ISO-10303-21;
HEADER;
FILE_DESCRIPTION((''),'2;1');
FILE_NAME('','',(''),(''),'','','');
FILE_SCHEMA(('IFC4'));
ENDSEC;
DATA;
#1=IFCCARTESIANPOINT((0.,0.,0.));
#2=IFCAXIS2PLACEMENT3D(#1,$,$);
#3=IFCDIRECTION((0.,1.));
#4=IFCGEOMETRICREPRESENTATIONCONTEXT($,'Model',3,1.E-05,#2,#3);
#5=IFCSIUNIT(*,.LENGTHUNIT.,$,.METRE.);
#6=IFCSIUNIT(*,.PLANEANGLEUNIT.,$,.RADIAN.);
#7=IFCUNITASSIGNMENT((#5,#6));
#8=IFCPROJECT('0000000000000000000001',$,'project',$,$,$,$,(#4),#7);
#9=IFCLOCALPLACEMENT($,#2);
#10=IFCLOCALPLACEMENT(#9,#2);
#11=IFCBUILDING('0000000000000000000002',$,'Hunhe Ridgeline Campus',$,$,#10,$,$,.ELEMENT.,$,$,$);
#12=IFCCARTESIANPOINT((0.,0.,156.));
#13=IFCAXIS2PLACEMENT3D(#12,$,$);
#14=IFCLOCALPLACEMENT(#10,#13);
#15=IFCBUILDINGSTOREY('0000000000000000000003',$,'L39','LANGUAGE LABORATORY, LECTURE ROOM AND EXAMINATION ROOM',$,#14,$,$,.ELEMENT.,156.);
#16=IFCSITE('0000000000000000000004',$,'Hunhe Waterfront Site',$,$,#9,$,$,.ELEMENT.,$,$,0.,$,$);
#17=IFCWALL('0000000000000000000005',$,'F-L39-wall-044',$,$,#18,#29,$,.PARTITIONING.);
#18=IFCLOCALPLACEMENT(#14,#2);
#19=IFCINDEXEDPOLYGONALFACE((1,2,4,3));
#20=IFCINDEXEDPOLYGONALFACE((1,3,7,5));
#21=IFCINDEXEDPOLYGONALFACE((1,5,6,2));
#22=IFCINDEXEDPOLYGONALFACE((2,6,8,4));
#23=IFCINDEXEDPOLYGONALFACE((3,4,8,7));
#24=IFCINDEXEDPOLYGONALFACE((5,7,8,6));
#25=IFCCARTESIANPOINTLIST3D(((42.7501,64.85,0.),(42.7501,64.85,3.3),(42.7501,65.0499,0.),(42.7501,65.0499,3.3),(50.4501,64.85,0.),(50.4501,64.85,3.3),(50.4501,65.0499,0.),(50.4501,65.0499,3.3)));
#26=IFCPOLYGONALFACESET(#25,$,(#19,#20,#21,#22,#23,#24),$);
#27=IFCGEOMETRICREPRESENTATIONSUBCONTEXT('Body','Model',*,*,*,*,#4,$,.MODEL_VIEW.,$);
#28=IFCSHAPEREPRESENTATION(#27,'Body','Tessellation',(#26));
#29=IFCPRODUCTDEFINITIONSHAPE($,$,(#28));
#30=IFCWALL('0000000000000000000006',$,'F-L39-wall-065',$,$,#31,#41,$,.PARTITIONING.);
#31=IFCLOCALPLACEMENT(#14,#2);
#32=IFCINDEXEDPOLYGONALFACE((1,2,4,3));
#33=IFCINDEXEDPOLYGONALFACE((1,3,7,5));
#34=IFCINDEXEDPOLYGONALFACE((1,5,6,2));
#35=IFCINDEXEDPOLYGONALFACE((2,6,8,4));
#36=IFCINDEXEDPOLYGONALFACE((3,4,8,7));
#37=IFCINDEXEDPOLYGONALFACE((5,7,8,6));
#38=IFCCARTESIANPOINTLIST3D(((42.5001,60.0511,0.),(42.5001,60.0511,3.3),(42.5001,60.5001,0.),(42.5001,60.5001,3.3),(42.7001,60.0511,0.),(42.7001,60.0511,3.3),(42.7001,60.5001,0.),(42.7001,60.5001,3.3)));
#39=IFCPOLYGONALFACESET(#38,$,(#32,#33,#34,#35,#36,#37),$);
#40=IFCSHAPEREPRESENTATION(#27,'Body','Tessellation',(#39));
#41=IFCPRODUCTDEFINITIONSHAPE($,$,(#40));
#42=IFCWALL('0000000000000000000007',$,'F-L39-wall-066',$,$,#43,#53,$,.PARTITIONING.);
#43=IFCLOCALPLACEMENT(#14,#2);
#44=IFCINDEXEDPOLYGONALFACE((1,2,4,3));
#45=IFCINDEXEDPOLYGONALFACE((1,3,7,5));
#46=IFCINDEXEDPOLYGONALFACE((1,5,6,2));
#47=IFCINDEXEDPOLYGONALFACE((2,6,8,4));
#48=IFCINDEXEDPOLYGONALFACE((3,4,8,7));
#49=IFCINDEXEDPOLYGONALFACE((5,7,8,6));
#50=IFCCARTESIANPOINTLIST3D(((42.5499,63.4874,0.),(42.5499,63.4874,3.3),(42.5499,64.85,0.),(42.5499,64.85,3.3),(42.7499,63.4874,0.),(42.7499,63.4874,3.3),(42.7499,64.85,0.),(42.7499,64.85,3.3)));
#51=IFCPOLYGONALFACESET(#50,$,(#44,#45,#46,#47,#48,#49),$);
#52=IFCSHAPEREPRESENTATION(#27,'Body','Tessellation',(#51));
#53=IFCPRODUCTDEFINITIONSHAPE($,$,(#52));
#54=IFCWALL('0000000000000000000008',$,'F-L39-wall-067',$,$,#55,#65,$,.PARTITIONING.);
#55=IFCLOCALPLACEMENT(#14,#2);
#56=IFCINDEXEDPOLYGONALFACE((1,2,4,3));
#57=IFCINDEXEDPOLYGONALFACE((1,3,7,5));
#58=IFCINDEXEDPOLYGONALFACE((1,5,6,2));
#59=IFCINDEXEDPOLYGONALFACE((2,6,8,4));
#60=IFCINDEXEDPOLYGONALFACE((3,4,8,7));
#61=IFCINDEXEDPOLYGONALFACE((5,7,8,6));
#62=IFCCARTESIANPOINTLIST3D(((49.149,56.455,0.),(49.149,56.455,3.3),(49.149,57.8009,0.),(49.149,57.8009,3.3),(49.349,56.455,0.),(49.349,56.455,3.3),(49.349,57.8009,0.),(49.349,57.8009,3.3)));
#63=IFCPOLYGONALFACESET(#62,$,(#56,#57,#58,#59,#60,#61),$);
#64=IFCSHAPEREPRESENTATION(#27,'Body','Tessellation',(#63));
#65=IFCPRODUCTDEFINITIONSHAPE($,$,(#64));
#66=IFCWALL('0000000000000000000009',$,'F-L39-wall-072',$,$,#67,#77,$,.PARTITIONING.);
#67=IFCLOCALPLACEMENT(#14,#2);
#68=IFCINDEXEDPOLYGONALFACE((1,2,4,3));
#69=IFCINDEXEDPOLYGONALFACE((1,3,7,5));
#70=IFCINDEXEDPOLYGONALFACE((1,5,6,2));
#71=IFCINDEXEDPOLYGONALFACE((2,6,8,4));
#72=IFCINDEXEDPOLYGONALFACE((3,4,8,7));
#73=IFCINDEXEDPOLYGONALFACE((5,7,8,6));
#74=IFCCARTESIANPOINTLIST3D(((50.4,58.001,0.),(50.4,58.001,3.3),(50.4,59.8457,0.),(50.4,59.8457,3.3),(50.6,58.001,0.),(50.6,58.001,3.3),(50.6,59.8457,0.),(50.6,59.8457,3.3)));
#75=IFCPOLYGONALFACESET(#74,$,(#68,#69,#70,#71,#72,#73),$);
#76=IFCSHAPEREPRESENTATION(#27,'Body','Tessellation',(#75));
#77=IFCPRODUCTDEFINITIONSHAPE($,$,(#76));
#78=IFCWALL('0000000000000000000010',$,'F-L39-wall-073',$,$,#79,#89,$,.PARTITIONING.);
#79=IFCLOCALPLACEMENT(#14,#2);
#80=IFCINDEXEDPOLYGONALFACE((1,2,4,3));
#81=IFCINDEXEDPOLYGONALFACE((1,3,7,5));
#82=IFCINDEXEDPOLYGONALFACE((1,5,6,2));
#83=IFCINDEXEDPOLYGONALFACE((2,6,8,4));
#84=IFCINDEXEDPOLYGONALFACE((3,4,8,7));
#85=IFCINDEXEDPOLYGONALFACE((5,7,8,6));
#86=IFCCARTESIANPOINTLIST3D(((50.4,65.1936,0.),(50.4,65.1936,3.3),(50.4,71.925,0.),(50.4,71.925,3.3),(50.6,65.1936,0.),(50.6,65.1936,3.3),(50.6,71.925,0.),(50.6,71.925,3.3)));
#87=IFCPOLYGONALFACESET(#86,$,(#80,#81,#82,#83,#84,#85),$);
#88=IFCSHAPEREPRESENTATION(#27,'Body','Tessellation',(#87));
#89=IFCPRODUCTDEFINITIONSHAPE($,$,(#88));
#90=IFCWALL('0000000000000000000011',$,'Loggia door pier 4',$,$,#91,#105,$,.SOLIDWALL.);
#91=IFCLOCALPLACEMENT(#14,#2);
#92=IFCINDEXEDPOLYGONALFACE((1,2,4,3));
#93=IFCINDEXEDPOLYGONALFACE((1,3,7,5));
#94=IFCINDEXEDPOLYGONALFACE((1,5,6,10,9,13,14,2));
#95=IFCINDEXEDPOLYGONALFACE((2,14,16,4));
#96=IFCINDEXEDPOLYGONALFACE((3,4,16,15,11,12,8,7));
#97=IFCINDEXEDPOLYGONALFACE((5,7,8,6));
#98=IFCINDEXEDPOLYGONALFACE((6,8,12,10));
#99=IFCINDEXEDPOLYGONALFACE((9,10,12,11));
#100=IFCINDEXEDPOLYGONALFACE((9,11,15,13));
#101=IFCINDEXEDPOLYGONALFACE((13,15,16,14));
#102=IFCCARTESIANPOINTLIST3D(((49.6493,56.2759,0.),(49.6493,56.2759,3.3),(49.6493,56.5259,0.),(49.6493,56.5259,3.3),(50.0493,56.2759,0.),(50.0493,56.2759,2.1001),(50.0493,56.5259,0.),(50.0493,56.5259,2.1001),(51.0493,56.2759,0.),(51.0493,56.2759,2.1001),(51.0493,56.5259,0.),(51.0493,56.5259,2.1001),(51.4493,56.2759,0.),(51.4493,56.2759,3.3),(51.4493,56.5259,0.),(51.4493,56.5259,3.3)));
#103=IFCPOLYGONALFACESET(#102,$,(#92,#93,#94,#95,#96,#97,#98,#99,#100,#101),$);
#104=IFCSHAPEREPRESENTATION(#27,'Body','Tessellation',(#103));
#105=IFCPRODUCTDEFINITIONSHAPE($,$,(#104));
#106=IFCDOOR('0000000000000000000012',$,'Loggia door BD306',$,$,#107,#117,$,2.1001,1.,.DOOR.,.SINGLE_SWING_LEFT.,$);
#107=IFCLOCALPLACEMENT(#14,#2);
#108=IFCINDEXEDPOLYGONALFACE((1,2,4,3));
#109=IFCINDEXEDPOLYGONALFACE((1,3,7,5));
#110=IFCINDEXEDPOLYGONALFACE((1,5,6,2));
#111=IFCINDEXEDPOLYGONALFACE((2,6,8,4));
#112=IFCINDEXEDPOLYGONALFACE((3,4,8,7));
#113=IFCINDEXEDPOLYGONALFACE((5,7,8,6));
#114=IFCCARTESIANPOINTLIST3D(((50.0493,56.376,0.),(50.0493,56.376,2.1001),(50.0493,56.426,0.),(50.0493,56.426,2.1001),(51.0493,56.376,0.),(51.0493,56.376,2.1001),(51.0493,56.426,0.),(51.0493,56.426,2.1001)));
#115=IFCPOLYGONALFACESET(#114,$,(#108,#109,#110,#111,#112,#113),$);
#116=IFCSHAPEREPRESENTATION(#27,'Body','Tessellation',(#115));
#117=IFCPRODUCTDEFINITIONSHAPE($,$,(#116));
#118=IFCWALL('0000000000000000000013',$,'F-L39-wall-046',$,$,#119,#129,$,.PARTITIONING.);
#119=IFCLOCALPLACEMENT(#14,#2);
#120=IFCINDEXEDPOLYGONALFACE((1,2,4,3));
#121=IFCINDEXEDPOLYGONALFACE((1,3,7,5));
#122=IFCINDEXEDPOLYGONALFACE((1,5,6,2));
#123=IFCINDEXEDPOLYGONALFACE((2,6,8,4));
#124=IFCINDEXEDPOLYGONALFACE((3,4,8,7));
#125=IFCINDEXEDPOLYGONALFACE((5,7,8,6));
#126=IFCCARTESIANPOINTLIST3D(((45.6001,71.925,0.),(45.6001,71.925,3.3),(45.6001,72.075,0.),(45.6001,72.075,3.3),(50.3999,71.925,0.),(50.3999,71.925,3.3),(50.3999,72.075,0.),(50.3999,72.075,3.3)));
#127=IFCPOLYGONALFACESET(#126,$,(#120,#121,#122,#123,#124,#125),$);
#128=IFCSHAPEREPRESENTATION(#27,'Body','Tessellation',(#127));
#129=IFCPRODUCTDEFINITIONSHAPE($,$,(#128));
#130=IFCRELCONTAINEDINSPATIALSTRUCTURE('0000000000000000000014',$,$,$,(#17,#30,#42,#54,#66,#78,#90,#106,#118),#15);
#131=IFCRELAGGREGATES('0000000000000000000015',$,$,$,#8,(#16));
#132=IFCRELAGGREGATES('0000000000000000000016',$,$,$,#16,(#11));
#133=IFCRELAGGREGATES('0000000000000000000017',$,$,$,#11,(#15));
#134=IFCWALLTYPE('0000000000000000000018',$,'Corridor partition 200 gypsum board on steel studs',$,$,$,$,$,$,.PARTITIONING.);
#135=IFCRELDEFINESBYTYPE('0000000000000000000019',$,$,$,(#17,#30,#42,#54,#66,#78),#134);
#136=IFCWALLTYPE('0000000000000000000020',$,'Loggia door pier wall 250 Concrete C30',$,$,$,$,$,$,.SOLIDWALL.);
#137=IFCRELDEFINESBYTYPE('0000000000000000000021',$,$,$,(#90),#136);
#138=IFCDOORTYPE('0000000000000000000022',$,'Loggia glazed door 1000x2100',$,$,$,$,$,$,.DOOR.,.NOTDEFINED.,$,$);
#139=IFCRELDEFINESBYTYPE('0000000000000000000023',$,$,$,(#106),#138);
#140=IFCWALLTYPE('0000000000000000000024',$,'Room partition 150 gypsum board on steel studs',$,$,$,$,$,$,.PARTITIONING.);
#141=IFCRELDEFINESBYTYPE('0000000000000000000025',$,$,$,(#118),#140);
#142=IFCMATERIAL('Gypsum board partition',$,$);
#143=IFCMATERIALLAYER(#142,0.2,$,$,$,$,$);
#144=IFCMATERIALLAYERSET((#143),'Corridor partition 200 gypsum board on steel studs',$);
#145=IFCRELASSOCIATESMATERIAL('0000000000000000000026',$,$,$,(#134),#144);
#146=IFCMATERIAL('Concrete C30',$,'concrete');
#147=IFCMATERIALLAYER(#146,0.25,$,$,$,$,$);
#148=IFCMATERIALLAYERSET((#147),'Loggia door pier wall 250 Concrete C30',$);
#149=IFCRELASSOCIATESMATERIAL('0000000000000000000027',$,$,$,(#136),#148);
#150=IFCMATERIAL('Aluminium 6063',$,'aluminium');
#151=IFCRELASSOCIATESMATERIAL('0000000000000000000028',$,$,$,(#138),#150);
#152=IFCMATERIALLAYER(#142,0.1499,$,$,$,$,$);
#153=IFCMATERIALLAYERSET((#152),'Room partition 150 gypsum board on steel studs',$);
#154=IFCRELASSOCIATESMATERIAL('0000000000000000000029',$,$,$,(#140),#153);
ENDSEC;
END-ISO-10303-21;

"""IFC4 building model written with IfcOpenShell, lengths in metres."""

from ifc_helpers import new_model, si_unit, direction, frame, frame_2d, origin, place, context, subcontext, project, spatial, rectangle, extrude, material, layer, layer_set, type_object, element, fill, save


model = new_model("IFC4")

# Units and contexts
model_context = context("Model", 3, precision=1e-05, world=origin(), true_north=direction((0.0, 1.0)))
body_context = subcontext(model_context, "Body", "Model", "MODEL_VIEW")
ifc_project = project(units=[si_unit("LENGTHUNIT", "METRE"), si_unit("PLANEANGLEUNIT", "RADIAN")], contexts=[model_context])

# Site, building, storey
site_placement = place(None, origin())
site = spatial("IfcSite", under=ifc_project, at=site_placement, Name="Hunhe Waterfront Site", CompositionType="ELEMENT", RefElevation=0.0)
building_placement = place(site_placement, origin())
building = spatial("IfcBuilding", under=site, at=building_placement, Name="Hunhe Ridgeline Campus", CompositionType="ELEMENT")
storey_placement = place(building_placement, frame((0.0, 0.0, 156.0)))
storey = spatial("IfcBuildingStorey", under=building, at=storey_placement, Name="L39", Description="LANGUAGE LABORATORY, LECTURE ROOM AND EXAMINATION ROOM", CompositionType="ELEMENT", Elevation=156.0)

# Shared definitions
ifc_material_1 = material(Name="Aluminium 6063", Category="aluminium")

# Shared definitions
ifc_material_2 = material(Name="Concrete C30", Category="concrete")
ifc_material_3 = material(Name="Gypsum board partition")
ifc_layer_1 = layer(ifc_material_3, 0.2)
ifc_layer_set_1 = layer_set([ifc_layer_1], Name="Corridor partition 200 gypsum board on steel studs")
wall_type_1 = type_object("IfcWallType", Name="Corridor partition 200 gypsum board on steel studs", PredefinedType="PARTITIONING", material=ifc_layer_set_1)

# Walls
wall_1_placement = place(storey_placement, frame((42.75, 64.95, 0.0), z_axis=(0.0, 0.0, 1.0), x_axis=(1.0, 0.0, 0.0)))
element("IfcWall", 1, at=wall_1_placement, inside=storey, type_object=wall_type_1, Name="F-L39-wall-044", PredefinedType="PARTITIONING", context=body_context, shape_type="SweptSolid", body=[
    extrude(rectangle(XDim=7.7, YDim=0.2, at=frame_2d((3.8501, 0.0))), origin(), (0.0, 0.0, 1.0), 3.3),
])
wall_2_placement = place(storey_placement, frame((42.6001, 60.051, 0.0), z_axis=(0.0, 0.0, 1.0), x_axis=(0.0, 1.0, 0.0)))
element("IfcWall", 2, at=wall_2_placement, inside=storey, type_object=wall_type_1, Name="F-L39-wall-065", PredefinedType="PARTITIONING", context=body_context, shape_type="SweptSolid", body=[
    extrude(rectangle(XDim=0.449, YDim=0.2, at=frame_2d((0.2246, 0.0))), origin(), (0.0, 0.0, 1.0), 3.3),
])
wall_3_placement = place(storey_placement, frame((42.6499, 63.4875, 0.0), z_axis=(0.0, 0.0, 1.0), x_axis=(0.0, 1.0, 0.0)))
element("IfcWall", 3, at=wall_3_placement, inside=storey, type_object=wall_type_1, Name="F-L39-wall-066", PredefinedType="PARTITIONING", context=body_context, shape_type="SweptSolid", body=[
    extrude(rectangle(XDim=1.3625, YDim=0.2, at=frame_2d((0.6812, 0.0))), origin(), (0.0, 0.0, 1.0), 3.3),
])
wall_4_placement = place(storey_placement, frame((49.249, 56.4551, 0.0), z_axis=(0.0, 0.0, 1.0), x_axis=(0.0, 1.0, 0.0)))
element("IfcWall", 4, at=wall_4_placement, inside=storey, type_object=wall_type_1, Name="F-L39-wall-067", PredefinedType="PARTITIONING", context=body_context, shape_type="SweptSolid", body=[
    extrude(rectangle(XDim=1.3459, YDim=0.2, at=frame_2d((0.6729, 0.0))), origin(), (0.0, 0.0, 1.0), 3.3),
])
wall_5_placement = place(storey_placement, frame((50.5, 58.001, 0.0), z_axis=(0.0, 0.0, 1.0), x_axis=(0.0, 1.0, 0.0)))
element("IfcWall", 5, at=wall_5_placement, inside=storey, type_object=wall_type_1, Name="F-L39-wall-072", PredefinedType="PARTITIONING", context=body_context, shape_type="SweptSolid", body=[
    extrude(rectangle(XDim=1.8447, YDim=0.2, at=frame_2d((0.9224, 0.0))), origin(), (0.0, 0.0, 1.0), 3.3),
])
wall_6_placement = place(storey_placement, frame((50.5, 65.1936, 0.0), z_axis=(0.0, 0.0, 1.0), x_axis=(0.0, 1.0, 0.0)))
element("IfcWall", 6, at=wall_6_placement, inside=storey, type_object=wall_type_1, Name="F-L39-wall-073", PredefinedType="PARTITIONING", context=body_context, shape_type="SweptSolid", body=[
    extrude(rectangle(XDim=6.7314, YDim=0.2, at=frame_2d((3.3657, 0.0))), origin(), (0.0, 0.0, 1.0), 3.3),
])

# Wall, opening, door
ifc_layer_2 = layer(ifc_material_2, 0.25)
ifc_layer_set_2 = layer_set([ifc_layer_2], Name="Loggia door pier wall 250 Concrete C30")
wall_type_2 = type_object("IfcWallType", Name="Loggia door pier wall 250 Concrete C30", PredefinedType="SOLIDWALL", material=ifc_layer_set_2)
wall_7_placement = place(storey_placement, frame((49.6494, 56.4009, 0.0), z_axis=(0.0, 0.0, 1.0), x_axis=(1.0, 0.0, 0.0)))
wall_7 = element("IfcWall", 7, at=wall_7_placement, inside=storey, type_object=wall_type_2, Name="Loggia door pier 4", PredefinedType="SOLIDWALL", context=body_context, shape_type="SweptSolid", body=[
    extrude(rectangle(XDim=1.8, YDim=0.25, at=frame_2d((0.8999, 0.0))), origin(), (0.0, 0.0, 1.0), 3.3),
])
opening_1_placement = place(wall_7_placement, frame((0.3999, 0.0, 0.0)))
opening_1 = element("IfcOpeningElement", 8, at=opening_1_placement, cuts=wall_7, PredefinedType="OPENING", context=body_context, shape_type="SweptSolid", body=[
    extrude(rectangle(XDim=1.0, YDim=2.1001, at=frame_2d((0.5, 1.05))), frame((0.0, 0.125, 0.0), z_axis=(0.0, -1.0, 0.0), x_axis=(1.0, 0.0, 0.0)), (0.0, 0.0, 1.0), 0.25),
])
door_type_1 = type_object("IfcDoorType", Name="Loggia glazed door 1000x2100", OperationType="NOTDEFINED", PredefinedType="DOOR", material=ifc_material_1)
door_1_placement = place(opening_1_placement, frame((1.0, 0.0, 0.0), z_axis=(0.0, 0.0, 1.0), x_axis=(-1.0, 0.0, 0.0)))
door_1 = element("IfcDoor", 9, at=door_1_placement, inside=storey, type_object=door_type_1, Name="Loggia door BD306", OperationType="SINGLE_SWING_LEFT", OverallHeight=2.1001, OverallWidth=1.0, PredefinedType="DOOR", context=body_context, shape_type="SweptSolid", body=[
    extrude(rectangle(XDim=1.0, YDim=2.1001, at=frame_2d((0.5, 1.05))), frame((0.0, 0.0249, 0.0), z_axis=(0.0, -1.0, 0.0), x_axis=(1.0, 0.0, 0.0)), (0.0, 0.0, 1.0), 0.05),
])
fill(opening_1, door_1)

# Wall
ifc_layer_3 = layer(ifc_material_3, 0.1499)
ifc_layer_set_3 = layer_set([ifc_layer_3], Name="Room partition 150 gypsum board on steel studs")
wall_type_3 = type_object("IfcWallType", Name="Room partition 150 gypsum board on steel studs", PredefinedType="PARTITIONING", material=ifc_layer_set_3)
wall_8_placement = place(storey_placement, frame((45.6001, 72.0, 0.0), z_axis=(0.0, 0.0, 1.0), x_axis=(1.0, 0.0, 0.0)))
element("IfcWall", 10, at=wall_8_placement, inside=storey, type_object=wall_type_3, Name="F-L39-wall-046", PredefinedType="PARTITIONING", context=body_context, shape_type="SweptSolid", body=[
    extrude(rectangle(XDim=4.7998, YDim=0.1499, at=frame_2d((2.3999, 0.0))), origin(), (0.0, 0.0, 1.0), 3.3),
])

save(model, "model.ifc")
